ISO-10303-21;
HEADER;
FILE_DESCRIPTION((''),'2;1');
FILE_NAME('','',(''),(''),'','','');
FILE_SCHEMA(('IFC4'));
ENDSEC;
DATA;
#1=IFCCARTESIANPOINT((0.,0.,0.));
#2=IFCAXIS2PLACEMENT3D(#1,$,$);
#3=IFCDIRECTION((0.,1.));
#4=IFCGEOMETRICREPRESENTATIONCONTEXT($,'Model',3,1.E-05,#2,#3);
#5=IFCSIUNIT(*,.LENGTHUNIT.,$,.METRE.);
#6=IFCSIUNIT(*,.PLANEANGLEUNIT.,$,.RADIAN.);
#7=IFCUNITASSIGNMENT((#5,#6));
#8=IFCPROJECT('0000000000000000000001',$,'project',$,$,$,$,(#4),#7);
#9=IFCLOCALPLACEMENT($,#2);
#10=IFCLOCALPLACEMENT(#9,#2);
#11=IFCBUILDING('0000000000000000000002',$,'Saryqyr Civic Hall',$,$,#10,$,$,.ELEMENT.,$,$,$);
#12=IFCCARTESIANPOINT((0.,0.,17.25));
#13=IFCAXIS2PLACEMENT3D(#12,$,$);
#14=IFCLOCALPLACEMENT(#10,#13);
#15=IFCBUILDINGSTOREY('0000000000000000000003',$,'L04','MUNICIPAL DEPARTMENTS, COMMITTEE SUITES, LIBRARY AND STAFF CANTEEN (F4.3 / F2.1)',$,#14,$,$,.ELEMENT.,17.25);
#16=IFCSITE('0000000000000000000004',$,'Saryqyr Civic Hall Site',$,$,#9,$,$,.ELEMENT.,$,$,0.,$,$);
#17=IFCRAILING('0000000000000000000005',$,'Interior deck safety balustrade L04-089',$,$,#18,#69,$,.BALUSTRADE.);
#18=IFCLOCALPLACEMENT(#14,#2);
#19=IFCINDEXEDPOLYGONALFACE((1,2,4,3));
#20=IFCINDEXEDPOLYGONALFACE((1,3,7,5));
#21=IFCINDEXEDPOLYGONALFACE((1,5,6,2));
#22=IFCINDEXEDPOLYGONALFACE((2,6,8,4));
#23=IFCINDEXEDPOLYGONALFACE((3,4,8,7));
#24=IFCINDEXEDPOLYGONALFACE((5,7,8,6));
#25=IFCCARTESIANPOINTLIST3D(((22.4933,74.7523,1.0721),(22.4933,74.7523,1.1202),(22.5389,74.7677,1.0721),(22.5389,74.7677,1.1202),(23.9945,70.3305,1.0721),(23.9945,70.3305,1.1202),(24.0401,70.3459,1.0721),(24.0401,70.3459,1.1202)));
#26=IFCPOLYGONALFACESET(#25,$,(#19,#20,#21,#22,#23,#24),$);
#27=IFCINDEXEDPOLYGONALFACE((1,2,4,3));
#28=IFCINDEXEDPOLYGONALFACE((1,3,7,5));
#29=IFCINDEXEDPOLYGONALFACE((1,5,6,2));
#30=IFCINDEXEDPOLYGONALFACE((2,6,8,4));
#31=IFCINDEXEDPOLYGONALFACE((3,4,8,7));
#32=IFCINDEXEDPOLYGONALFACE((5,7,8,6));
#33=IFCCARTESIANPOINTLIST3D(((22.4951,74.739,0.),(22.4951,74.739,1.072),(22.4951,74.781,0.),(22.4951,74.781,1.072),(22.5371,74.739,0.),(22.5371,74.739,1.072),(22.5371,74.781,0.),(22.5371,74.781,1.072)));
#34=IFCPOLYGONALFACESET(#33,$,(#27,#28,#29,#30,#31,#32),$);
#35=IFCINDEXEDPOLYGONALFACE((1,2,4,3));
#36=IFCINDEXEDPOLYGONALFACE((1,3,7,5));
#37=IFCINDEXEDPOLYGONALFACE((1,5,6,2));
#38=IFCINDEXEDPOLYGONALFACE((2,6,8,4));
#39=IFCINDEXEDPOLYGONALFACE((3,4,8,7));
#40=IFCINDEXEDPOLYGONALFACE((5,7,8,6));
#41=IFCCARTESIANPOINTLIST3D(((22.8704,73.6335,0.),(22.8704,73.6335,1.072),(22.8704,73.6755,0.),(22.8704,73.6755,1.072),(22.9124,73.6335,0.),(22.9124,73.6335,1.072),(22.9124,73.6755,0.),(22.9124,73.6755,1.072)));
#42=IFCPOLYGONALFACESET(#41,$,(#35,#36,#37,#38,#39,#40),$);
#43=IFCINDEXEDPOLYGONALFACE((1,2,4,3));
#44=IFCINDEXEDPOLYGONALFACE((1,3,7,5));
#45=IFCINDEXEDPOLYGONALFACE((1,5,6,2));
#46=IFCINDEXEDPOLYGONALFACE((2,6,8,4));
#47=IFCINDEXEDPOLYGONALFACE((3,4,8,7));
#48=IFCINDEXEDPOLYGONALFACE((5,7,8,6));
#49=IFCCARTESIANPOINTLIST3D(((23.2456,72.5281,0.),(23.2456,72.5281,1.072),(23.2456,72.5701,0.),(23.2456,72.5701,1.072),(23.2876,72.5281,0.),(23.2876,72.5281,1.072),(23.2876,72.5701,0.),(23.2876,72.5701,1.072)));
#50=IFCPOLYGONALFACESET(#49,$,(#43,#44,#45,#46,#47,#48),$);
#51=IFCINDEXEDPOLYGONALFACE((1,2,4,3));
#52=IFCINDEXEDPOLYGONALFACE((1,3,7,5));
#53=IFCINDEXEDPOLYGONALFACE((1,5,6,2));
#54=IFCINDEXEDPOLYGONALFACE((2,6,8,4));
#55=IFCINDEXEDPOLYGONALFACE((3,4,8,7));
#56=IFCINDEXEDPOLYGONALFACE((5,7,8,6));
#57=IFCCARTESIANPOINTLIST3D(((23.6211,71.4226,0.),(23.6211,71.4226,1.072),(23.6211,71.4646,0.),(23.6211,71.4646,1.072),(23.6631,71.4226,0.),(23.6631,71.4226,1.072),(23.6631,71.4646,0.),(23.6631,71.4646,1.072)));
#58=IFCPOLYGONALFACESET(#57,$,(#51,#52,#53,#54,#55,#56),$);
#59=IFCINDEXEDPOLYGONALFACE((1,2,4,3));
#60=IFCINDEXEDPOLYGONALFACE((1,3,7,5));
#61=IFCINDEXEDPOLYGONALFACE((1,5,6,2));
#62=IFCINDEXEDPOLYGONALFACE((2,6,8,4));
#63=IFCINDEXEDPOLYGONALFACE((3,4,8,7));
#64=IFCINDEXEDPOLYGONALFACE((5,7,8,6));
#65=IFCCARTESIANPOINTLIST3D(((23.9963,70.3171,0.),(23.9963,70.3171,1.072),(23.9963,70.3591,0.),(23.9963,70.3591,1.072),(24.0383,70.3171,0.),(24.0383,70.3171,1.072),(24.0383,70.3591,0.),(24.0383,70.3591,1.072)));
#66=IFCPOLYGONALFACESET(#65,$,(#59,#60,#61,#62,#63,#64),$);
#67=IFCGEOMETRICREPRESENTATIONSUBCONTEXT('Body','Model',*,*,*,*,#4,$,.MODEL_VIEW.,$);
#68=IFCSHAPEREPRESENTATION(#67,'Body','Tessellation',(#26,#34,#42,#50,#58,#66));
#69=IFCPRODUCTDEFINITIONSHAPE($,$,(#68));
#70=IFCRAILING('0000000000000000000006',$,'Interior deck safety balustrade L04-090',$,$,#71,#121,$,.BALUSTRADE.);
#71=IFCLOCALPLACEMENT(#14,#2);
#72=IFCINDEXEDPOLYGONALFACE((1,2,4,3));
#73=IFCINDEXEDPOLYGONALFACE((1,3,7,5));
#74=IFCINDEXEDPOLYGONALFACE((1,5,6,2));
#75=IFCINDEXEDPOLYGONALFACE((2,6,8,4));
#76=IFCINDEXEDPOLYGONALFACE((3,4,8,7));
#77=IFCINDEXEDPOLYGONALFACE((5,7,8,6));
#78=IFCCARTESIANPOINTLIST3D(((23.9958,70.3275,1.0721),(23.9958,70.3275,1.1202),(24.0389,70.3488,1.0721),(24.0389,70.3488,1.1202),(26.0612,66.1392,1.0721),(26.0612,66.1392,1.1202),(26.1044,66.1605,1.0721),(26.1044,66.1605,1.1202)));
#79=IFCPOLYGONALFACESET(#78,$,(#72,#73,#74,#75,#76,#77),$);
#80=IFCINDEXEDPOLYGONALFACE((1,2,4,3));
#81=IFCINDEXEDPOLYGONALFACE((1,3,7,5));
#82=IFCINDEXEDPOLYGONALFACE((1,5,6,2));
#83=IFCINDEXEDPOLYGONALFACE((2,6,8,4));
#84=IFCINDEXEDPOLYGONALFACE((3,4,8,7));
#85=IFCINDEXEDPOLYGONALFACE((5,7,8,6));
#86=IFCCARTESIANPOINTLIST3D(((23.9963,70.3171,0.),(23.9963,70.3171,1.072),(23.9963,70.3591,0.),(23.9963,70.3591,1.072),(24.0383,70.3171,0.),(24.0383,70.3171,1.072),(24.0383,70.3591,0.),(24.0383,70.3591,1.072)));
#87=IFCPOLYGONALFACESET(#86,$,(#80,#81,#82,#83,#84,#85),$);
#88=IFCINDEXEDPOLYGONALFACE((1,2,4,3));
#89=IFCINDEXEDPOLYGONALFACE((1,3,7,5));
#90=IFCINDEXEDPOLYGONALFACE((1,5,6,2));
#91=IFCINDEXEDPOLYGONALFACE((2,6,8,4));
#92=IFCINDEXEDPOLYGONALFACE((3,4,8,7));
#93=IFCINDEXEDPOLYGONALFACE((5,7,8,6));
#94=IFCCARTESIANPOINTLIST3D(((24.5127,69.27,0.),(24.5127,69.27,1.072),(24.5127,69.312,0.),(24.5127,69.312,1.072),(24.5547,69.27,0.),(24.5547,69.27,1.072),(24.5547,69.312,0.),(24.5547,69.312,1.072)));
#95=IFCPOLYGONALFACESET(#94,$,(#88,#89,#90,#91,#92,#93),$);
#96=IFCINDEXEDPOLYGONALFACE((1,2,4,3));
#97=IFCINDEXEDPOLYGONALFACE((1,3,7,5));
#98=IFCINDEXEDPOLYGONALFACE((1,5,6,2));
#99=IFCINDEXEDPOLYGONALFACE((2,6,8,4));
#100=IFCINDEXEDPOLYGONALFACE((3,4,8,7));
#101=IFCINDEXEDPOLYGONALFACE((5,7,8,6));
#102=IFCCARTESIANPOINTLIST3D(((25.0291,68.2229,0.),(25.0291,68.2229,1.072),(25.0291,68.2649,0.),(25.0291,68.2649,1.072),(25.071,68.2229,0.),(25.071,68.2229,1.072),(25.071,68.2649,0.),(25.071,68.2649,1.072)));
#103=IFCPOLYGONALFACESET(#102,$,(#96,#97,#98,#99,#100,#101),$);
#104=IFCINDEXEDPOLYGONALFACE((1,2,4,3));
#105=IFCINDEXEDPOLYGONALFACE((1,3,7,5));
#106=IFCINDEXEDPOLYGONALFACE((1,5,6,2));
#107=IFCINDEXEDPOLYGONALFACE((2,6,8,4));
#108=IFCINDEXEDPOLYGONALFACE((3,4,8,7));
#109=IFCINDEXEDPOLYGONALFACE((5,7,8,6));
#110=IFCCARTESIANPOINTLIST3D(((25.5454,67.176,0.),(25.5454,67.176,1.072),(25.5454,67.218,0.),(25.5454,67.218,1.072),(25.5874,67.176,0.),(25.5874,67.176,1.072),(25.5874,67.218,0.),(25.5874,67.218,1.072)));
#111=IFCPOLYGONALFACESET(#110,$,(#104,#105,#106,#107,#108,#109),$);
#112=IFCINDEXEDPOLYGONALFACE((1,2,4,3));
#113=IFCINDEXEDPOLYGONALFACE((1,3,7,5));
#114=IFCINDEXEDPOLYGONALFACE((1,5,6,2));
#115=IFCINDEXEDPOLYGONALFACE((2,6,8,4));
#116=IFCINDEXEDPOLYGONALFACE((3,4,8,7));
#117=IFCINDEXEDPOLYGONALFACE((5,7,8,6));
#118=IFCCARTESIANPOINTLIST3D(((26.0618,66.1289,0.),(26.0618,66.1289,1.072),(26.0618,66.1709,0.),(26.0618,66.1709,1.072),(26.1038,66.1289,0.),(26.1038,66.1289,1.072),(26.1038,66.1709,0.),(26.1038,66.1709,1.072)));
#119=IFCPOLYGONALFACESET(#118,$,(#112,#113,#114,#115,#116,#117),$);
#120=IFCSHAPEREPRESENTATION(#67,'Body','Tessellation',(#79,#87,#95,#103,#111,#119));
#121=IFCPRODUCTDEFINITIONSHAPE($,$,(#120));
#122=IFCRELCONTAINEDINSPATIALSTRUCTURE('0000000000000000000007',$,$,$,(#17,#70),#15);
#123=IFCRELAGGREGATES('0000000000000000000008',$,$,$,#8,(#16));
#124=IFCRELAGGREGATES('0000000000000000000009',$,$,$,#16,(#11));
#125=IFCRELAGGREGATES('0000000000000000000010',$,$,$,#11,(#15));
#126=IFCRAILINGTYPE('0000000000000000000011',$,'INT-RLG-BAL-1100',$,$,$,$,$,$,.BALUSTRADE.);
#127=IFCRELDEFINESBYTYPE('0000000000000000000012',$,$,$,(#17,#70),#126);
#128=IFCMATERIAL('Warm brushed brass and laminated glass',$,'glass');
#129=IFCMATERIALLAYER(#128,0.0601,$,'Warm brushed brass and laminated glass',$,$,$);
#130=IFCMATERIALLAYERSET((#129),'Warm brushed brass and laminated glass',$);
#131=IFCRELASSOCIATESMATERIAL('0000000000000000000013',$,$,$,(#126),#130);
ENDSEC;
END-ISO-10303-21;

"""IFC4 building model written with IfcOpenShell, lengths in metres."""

from ifc_helpers import new_model, si_unit, direction, frame, origin, origin_2d, place, context, subcontext, project, spatial, rectangle, extrude, material, layer, layer_set, type_object, element, save


model = new_model("IFC4")

# Units and contexts
model_context = context("Model", 3, precision=1e-05, world=origin(), true_north=direction((0.0, 1.0)))
body_context = subcontext(model_context, "Body", "Model", "MODEL_VIEW")
ifc_project = project(units=[si_unit("LENGTHUNIT", "METRE"), si_unit("PLANEANGLEUNIT", "RADIAN")], contexts=[model_context])

# Site, building, storey
site_placement = place(None, origin())
site = spatial("IfcSite", under=ifc_project, at=site_placement, Name="Saryqyr Civic Hall Site", CompositionType="ELEMENT", RefElevation=0.0)
building_placement = place(site_placement, origin())
building = spatial("IfcBuilding", under=site, at=building_placement, Name="Saryqyr Civic Hall", CompositionType="ELEMENT")
storey_placement = place(building_placement, frame((0.0, 0.0, 17.25)))
storey = spatial("IfcBuildingStorey", under=building, at=storey_placement, Name="L04", Description="MUNICIPAL DEPARTMENTS, COMMITTEE SUITES, LIBRARY AND STAFF CANTEEN (F4.3 / F2.1)", CompositionType="ELEMENT", Elevation=17.25)

# Railings
ifc_material_1 = material(Name="Warm brushed brass and laminated glass", Category="glass")
ifc_layer_1 = layer(ifc_material_1, 0.0601, Name="Warm brushed brass and laminated glass")
ifc_layer_set_1 = layer_set([ifc_layer_1], Name="Warm brushed brass and laminated glass")
railing_type = type_object("IfcRailingType", Name="INT-RLG-BAL-1100", PredefinedType="BALUSTRADE", material=ifc_layer_set_1)
railing_1_placement = place(storey_placement, frame((22.5161, 74.76, 0.0)))
element("IfcRailing", 1, at=railing_1_placement, inside=storey, type_object=railing_type, Name="Interior deck safety balustrade L04-089", PredefinedType="BALUSTRADE", context=body_context, shape_type="SweptSolid", body=[
    extrude(rectangle(XDim=0.0481, YDim=0.0481, at=origin_2d()), frame((0.0, 0.0, 1.0962), z_axis=(0.321477, -0.946917, 0.0), x_axis=(0.946917, 0.321477, 0.0)), (0.0, 0.0, 1.0), 4.6697),
    extrude(rectangle(XDim=0.042, YDim=0.042, at=origin_2d()), origin(), (0.0, 0.0, 1.0), 1.072),
    extrude(rectangle(XDim=0.042, YDim=0.042, at=origin_2d()), frame((0.3752, -1.1055, 0.0)), (0.0, 0.0, 1.0), 1.072),
    extrude(rectangle(XDim=0.042, YDim=0.042, at=origin_2d()), frame((0.7505, -2.2109, 0.0)), (0.0, 0.0, 1.0), 1.072),
    extrude(rectangle(XDim=0.042, YDim=0.042, at=origin_2d()), frame((1.126, -3.3164, 0.0)), (0.0, 0.0, 1.0), 1.072),
    extrude(rectangle(XDim=0.042, YDim=0.042, at=origin_2d()), frame((1.5012, -4.4219, 0.0)), (0.0, 0.0, 1.0), 1.072),
])
railing_2_placement = place(storey_placement, frame((24.0173, 70.3381, 0.0)))
element("IfcRailing", 2, at=railing_2_placement, inside=storey, type_object=railing_type, Name="Interior deck safety balustrade L04-090", PredefinedType="BALUSTRADE", context=body_context, shape_type="SweptSolid", body=[
    extrude(rectangle(XDim=0.0481, YDim=0.0481, at=origin_2d()), frame((0.0, 0.0, 1.0962), z_axis=(0.442292, -0.896871, 0.0), x_axis=(0.896871, 0.442292, 0.0)), (0.0, 0.0, 1.0), 4.6699),
    extrude(rectangle(XDim=0.042, YDim=0.042, at=origin_2d()), origin(), (0.0, 0.0, 1.0), 1.072),
    extrude(rectangle(XDim=0.042, YDim=0.042, at=origin_2d()), frame((0.5164, -1.0471, 0.0)), (0.0, 0.0, 1.0), 1.072),
    extrude(rectangle(XDim=0.042, YDim=0.042, at=origin_2d()), frame((1.0327, -2.0942, 0.0)), (0.0, 0.0, 1.0), 1.072),
    extrude(rectangle(XDim=0.042, YDim=0.042, at=origin_2d()), frame((1.5491, -3.1411, 0.0)), (0.0, 0.0, 1.0), 1.072),
    extrude(rectangle(XDim=0.042, YDim=0.042, at=origin_2d()), frame((2.0654, -4.1882, 0.0)), (0.0, 0.0, 1.0), 1.072),
])

save(model, "model.ifc")
